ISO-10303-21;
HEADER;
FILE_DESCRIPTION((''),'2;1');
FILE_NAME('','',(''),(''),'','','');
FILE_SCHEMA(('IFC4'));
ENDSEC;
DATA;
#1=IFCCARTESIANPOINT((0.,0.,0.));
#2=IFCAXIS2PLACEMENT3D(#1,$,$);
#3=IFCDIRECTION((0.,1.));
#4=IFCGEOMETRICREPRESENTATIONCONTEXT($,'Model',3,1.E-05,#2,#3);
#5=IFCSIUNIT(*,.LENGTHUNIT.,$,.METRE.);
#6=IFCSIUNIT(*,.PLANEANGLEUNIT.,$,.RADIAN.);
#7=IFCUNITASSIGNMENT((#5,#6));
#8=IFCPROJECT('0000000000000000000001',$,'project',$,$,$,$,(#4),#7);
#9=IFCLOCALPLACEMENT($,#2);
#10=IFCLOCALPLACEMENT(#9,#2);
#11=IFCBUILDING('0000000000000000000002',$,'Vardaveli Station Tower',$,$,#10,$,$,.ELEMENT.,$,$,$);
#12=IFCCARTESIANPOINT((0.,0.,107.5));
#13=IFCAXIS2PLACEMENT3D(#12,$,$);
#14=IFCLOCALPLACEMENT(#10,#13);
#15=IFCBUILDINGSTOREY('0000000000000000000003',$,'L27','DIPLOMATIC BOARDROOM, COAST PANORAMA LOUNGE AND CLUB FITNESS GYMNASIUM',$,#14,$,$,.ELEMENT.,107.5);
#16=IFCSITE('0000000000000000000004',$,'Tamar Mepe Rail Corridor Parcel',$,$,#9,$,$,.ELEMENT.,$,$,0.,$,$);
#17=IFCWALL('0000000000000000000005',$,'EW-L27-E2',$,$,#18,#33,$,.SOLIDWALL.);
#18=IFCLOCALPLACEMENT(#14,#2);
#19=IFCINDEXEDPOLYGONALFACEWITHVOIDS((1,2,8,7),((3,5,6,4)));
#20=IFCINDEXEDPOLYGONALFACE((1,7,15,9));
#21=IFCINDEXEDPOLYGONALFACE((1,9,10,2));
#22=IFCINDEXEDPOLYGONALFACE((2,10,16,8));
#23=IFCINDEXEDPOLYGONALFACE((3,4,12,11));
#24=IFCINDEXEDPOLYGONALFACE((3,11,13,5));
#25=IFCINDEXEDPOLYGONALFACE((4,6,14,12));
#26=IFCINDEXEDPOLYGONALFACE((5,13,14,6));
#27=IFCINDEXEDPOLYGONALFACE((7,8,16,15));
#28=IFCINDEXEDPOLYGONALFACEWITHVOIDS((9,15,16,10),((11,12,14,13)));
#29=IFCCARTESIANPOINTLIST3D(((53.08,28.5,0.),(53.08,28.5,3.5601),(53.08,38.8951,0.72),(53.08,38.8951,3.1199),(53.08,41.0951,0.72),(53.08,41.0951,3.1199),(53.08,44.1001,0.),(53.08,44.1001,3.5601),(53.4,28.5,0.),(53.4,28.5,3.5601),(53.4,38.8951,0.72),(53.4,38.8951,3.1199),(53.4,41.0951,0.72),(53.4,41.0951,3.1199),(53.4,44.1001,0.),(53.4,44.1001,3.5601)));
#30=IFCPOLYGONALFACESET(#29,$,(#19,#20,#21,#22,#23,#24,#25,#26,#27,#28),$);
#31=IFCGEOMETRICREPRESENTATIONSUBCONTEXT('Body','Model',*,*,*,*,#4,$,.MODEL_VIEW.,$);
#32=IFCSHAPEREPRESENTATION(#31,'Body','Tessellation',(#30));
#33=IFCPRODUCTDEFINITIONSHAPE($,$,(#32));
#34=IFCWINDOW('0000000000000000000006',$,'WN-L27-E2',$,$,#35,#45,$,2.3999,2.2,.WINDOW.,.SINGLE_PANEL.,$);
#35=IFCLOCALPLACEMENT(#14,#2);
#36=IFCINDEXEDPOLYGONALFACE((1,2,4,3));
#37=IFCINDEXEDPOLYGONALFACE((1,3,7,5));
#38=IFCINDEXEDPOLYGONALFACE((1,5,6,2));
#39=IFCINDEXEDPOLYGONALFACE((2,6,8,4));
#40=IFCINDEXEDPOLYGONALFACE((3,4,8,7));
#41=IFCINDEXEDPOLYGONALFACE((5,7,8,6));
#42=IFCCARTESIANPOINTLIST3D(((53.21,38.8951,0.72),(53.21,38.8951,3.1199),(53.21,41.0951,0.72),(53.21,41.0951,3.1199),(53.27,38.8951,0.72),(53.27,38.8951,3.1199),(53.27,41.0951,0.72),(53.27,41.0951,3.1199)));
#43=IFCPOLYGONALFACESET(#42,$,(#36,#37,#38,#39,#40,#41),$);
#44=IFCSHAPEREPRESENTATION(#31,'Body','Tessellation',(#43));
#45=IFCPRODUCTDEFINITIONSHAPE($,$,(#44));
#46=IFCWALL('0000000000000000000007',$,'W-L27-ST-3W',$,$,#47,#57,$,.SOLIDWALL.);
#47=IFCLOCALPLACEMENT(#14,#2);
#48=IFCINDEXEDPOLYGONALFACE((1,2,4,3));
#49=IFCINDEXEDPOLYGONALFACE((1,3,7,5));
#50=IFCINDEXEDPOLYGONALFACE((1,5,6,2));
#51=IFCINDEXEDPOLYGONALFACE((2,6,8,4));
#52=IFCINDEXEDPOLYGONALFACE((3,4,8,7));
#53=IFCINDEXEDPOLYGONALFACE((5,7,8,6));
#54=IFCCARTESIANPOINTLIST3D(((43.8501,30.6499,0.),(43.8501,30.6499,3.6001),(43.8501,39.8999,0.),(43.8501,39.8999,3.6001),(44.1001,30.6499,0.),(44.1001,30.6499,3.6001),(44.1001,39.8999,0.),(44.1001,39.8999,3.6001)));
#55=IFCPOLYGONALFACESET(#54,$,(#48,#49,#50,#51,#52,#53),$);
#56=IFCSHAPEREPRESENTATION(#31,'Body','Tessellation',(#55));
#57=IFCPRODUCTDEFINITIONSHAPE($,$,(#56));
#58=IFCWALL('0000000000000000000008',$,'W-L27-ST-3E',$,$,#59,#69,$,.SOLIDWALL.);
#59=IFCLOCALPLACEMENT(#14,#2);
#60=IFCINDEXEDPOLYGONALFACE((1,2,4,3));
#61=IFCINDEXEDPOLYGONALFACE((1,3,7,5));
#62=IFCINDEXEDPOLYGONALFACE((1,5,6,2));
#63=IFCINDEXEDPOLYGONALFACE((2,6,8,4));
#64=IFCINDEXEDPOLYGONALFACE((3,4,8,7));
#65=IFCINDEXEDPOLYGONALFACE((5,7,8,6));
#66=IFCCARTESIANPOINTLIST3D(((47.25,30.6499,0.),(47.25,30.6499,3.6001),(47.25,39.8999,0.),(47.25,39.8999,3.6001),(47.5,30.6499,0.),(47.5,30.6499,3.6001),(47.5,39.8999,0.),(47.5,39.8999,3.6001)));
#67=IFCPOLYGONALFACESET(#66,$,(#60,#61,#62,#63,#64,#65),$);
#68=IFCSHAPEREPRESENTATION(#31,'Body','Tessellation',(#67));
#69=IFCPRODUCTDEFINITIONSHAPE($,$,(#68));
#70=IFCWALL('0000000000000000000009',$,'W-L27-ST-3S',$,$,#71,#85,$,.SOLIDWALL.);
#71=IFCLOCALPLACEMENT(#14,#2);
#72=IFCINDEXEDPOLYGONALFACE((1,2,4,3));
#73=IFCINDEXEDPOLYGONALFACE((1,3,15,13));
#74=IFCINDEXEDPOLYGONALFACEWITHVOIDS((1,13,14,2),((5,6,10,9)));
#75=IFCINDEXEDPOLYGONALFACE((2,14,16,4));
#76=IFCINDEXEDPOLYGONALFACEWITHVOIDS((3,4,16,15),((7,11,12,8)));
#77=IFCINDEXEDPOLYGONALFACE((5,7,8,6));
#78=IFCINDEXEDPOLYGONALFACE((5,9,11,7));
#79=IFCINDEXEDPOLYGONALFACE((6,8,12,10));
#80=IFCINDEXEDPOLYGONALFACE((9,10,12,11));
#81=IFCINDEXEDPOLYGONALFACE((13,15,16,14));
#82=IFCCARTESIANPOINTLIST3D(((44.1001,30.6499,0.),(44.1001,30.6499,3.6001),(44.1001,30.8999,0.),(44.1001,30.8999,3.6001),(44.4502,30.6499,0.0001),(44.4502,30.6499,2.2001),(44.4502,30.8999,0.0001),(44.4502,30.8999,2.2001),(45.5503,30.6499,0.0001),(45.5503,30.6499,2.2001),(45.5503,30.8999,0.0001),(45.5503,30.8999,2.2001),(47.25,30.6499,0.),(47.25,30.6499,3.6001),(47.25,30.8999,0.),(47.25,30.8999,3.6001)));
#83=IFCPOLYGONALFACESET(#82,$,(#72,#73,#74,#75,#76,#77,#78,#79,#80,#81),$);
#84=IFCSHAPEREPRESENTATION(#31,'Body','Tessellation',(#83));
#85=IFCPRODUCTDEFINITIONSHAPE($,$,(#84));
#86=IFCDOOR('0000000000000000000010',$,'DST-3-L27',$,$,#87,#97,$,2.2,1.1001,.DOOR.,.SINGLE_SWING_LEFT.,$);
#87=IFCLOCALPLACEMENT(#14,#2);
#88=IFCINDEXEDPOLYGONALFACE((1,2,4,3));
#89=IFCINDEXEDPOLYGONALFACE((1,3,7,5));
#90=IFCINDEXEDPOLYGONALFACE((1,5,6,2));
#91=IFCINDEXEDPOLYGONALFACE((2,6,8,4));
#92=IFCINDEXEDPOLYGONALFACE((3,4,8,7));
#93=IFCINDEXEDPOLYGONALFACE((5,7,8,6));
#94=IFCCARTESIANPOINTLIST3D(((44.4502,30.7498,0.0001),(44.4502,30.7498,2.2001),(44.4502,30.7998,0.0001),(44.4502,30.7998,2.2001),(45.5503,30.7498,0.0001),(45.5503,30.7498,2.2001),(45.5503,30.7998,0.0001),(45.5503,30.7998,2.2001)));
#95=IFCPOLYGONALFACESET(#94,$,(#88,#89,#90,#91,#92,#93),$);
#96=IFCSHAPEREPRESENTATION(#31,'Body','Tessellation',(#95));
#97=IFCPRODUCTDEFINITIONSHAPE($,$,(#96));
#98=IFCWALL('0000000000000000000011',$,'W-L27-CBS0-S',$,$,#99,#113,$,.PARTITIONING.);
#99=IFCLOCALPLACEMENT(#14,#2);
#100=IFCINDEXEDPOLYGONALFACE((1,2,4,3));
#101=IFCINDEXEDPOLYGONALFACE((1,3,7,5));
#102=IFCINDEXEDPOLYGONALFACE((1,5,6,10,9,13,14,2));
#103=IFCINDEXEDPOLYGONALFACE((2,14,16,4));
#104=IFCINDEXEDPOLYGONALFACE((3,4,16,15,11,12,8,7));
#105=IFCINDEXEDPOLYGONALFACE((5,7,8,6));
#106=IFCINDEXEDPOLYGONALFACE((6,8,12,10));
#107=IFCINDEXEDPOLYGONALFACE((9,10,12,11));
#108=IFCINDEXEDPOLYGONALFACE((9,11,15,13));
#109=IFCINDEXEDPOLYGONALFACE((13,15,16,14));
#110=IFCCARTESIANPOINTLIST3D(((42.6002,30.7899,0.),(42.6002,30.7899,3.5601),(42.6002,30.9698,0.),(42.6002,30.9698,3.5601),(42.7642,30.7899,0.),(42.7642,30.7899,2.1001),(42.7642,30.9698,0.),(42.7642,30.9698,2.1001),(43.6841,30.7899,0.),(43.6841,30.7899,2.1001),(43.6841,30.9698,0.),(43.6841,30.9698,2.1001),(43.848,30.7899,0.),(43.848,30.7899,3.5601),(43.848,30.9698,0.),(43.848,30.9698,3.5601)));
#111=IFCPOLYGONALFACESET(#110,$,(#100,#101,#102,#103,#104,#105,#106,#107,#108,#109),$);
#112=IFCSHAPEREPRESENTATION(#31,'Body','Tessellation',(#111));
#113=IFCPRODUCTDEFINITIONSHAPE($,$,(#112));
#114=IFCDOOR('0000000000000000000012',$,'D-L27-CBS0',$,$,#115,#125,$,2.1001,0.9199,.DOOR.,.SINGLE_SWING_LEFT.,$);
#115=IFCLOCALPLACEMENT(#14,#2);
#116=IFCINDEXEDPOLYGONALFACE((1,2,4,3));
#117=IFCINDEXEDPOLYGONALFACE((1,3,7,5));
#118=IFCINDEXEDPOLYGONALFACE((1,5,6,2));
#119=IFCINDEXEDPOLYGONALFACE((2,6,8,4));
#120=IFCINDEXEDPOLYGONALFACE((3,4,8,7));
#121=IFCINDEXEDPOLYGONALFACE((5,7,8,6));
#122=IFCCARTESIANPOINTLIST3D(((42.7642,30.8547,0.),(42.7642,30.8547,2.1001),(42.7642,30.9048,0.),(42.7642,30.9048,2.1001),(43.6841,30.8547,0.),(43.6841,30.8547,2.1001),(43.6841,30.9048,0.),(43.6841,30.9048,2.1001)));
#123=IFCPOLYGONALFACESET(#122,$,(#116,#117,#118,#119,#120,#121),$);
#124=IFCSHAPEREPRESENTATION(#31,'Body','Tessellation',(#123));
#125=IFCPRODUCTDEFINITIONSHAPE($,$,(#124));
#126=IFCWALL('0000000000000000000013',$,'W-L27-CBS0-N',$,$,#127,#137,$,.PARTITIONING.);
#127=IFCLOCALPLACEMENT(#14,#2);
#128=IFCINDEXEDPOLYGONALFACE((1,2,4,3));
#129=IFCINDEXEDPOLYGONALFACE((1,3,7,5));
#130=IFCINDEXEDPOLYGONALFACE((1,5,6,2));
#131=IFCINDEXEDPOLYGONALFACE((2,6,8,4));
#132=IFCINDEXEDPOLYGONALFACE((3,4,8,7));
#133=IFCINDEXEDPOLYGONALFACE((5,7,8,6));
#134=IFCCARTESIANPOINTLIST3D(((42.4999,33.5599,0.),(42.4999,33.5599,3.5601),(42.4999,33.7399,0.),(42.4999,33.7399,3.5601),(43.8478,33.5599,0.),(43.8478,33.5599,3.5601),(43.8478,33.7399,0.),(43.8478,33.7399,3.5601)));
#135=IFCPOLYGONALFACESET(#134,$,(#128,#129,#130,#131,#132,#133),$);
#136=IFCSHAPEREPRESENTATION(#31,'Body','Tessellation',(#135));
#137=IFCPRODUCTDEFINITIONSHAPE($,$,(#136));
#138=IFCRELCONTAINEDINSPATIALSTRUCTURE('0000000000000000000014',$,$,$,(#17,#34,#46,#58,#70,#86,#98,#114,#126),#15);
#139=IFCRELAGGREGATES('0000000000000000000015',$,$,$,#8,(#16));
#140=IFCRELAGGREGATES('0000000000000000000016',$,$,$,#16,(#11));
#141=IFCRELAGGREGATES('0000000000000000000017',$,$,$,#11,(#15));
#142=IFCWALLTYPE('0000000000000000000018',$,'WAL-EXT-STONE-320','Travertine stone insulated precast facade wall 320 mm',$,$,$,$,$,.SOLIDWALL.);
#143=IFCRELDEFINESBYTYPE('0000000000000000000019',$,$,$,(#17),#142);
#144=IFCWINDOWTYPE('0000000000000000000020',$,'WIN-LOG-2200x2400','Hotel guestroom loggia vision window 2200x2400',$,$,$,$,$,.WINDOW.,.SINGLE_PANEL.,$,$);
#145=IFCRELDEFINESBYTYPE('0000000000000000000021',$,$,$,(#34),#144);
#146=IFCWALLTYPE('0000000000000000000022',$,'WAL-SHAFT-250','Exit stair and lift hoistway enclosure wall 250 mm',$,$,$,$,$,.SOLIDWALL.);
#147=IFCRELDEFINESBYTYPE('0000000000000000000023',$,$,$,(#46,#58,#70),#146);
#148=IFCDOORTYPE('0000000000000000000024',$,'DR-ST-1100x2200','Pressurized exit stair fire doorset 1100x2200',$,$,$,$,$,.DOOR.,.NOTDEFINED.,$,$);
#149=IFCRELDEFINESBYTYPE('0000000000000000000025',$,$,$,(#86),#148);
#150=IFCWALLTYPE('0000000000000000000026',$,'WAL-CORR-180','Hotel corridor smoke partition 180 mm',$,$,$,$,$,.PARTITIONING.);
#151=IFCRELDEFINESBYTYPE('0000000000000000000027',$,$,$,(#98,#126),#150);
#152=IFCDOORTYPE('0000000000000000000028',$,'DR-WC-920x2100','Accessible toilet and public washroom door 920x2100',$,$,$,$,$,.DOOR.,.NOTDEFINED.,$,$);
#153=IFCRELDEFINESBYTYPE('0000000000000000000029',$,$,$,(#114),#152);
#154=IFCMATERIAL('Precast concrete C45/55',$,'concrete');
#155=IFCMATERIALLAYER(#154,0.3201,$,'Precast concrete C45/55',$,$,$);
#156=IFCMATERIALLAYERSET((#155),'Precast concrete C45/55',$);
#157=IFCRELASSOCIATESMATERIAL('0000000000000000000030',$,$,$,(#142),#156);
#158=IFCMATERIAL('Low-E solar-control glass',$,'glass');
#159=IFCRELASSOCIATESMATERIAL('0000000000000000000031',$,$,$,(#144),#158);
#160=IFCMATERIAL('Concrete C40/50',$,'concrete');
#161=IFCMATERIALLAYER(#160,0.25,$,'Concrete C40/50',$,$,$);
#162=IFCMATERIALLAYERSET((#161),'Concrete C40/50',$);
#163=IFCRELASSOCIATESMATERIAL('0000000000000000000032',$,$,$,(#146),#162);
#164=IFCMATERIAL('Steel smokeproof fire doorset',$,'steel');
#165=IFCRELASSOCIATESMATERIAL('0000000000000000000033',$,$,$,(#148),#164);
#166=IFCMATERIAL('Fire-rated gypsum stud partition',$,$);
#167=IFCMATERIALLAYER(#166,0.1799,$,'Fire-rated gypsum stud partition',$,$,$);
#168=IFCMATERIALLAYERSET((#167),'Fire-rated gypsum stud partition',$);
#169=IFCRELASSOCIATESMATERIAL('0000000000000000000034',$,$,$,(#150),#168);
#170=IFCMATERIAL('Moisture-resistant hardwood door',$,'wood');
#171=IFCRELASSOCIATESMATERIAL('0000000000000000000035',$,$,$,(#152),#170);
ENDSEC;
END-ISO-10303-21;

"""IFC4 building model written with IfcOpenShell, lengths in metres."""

from ifc_helpers import new_model, si_unit, direction, frame, frame_2d, origin, place, context, subcontext, project, spatial, rectangle, extrude, source, transform, mapped, material, layer, layer_set, type_object, element, fill, save


model = new_model("IFC4")

# Units and contexts
model_context = context("Model", 3, precision=1e-05, world=origin(), true_north=direction((0.0, 1.0)))
body_context = subcontext(model_context, "Body", "Model", "MODEL_VIEW")
ifc_project = project(units=[si_unit("LENGTHUNIT", "METRE"), si_unit("PLANEANGLEUNIT", "RADIAN")], contexts=[model_context])

# Site, building, storey
site_placement = place(None, origin())
site = spatial("IfcSite", under=ifc_project, at=site_placement, Name="Tamar Mepe Rail Corridor Parcel", CompositionType="ELEMENT", RefElevation=0.0)
building_placement = place(site_placement, origin())
building = spatial("IfcBuilding", under=site, at=building_placement, Name="Vardaveli Station Tower", CompositionType="ELEMENT")
storey_placement = place(building_placement, frame((0.0, 0.0, 107.5)))
storey = spatial("IfcBuildingStorey", under=building, at=storey_placement, Name="L27", Description="DIPLOMATIC BOARDROOM, COAST PANORAMA LOUNGE AND CLUB FITNESS GYMNASIUM", CompositionType="ELEMENT", Elevation=107.5)

# Shared definitions
ifc_material_1 = material(Name="Precast concrete C45/55", Category="concrete")

# Wall, opening, window
ifc_layer_1 = layer(ifc_material_1, 0.3201, Name="Precast concrete C45/55")
ifc_layer_set_1 = layer_set([ifc_layer_1], Name="Precast concrete C45/55")
wall_type_1 = type_object("IfcWallType", Name="WAL-EXT-STONE-320", Description="Travertine stone insulated precast facade wall 320 mm", PredefinedType="SOLIDWALL", material=ifc_layer_set_1)
shared_shape_1 = source(origin(), body_context, "Body", "SweptSolid", [
    extrude(rectangle(XDim=15.6001, YDim=0.3201, at=frame_2d((7.8, 0.0))), origin(), (0.0, 0.0, 1.0), 3.5601),
])
wall_1_placement = place(storey_placement, frame((53.24, 28.5, 0.0), z_axis=(0.0, 0.0, 1.0), x_axis=(0.0, 1.0, 0.0)))
wall_1 = element("IfcWall", 1, at=wall_1_placement, inside=storey, type_object=wall_type_1, Name="EW-L27-E2", PredefinedType="SOLIDWALL", context=body_context, shape_type="MappedRepresentation", body=[
    mapped(shared_shape_1, transform((0.0, 0.0, 0.0), scale=1.0)),
])
shared_shape_2 = source(origin(), body_context, "Body", "SweptSolid", [
    extrude(rectangle(XDim=2.2, YDim=2.3999, at=frame_2d((1.1001, 1.2))), frame((0.0, 0.1699, 0.0), z_axis=(0.0, -1.0, 0.0), x_axis=(1.0, 0.0, 0.0)), (0.0, 0.0, 1.0), 0.3401),
])
opening_1_placement = place(wall_1_placement, frame((10.395, 0.0, 0.72)))
opening_1 = element("IfcOpeningElement", 2, at=opening_1_placement, cuts=wall_1, PredefinedType="OPENING", context=body_context, shape_type="MappedRepresentation", body=[
    mapped(shared_shape_2, transform((0.0, 0.0, 0.0), scale=1.0)),
])
ifc_material_2 = material(Name="Low-E solar-control glass", Category="glass")
window_type = type_object("IfcWindowType", Name="WIN-LOG-2200x2400", Description="Hotel guestroom loggia vision window 2200x2400", PartitioningType="SINGLE_PANEL", PredefinedType="WINDOW", material=ifc_material_2)
shared_shape_3 = source(origin(), body_context, "Body", "SweptSolid", [
    extrude(rectangle(XDim=2.2, YDim=2.3999, at=frame_2d((1.1001, 1.2))), frame((0.0, 0.03, 0.0), z_axis=(0.0, -1.0, 0.0), x_axis=(1.0, 0.0, 0.0)), (0.0, 0.0, 1.0), 0.0601),
])
window_placement = place(opening_1_placement, origin())
window = element("IfcWindow", 3, at=window_placement, inside=storey, type_object=window_type, Name="WN-L27-E2", OverallHeight=2.3999, OverallWidth=2.2, PartitioningType="SINGLE_PANEL", PredefinedType="WINDOW", context=body_context, shape_type="MappedRepresentation", body=[
    mapped(shared_shape_3, transform((0.0, 0.0, 0.0), scale=1.0)),
])
fill(opening_1, window)

# Walls
ifc_material_3 = material(Name="Concrete C40/50", Category="concrete")
ifc_layer_2 = layer(ifc_material_3, 0.25, Name="Concrete C40/50")
ifc_layer_set_2 = layer_set([ifc_layer_2], Name="Concrete C40/50")
wall_type_2 = type_object("IfcWallType", Name="WAL-SHAFT-250", Description="Exit stair and lift hoistway enclosure wall 250 mm", PredefinedType="SOLIDWALL", material=ifc_layer_set_2)
shared_shape_4 = source(origin(), body_context, "Body", "SweptSolid", [
    extrude(rectangle(XDim=9.25, YDim=0.25, at=frame_2d((4.625, 0.0))), origin(), (0.0, 0.0, 1.0), 3.6001),
])
for number, where, z_axis, x_axis, name in (
    (4, (43.9751, 30.6499, 0.0), (0.0, 0.0, 1.0), (0.0, 1.0, 0.0), "W-L27-ST-3W"),
    (5, (47.375, 30.6499, 0.0), (0.0, 0.0, 1.0), (0.0, 1.0, 0.0), "W-L27-ST-3E"),
):
    element("IfcWall", number, at=place(storey_placement, frame(where, z_axis=z_axis, x_axis=x_axis)), inside=storey, type_object=wall_type_2, Name=name, PredefinedType="SOLIDWALL", context=body_context, shape_type="MappedRepresentation", body=[
        mapped(shared_shape_4, transform((0.0, 0.0, 0.0), scale=1.0)),
    ])

# Walls, openings, doors
shared_shape_5 = source(origin(), body_context, "Body", "SweptSolid", [
    extrude(rectangle(XDim=3.1499, YDim=0.25, at=frame_2d((1.575, 0.0))), origin(), (0.0, 0.0, 1.0), 3.6001),
])
wall_2_placement = place(storey_placement, frame((44.1001, 30.7749, 0.0), z_axis=(0.0, 0.0, 1.0), x_axis=(1.0, 0.0, 0.0)))
wall_2 = element("IfcWall", 6, at=wall_2_placement, inside=storey, type_object=wall_type_2, Name="W-L27-ST-3S", PredefinedType="SOLIDWALL", context=body_context, shape_type="MappedRepresentation", body=[
    mapped(shared_shape_5, transform((0.0, 0.0, 0.0), scale=1.0)),
])
shared_shape_6 = source(origin(), body_context, "Body", "SweptSolid", [
    extrude(rectangle(XDim=1.1001, YDim=2.2, at=frame_2d((0.55, 1.1001))), frame((0.0, 0.135, 0.0), z_axis=(0.0, -1.0, 0.0), x_axis=(1.0, 0.0, 0.0)), (0.0, 0.0, 1.0), 0.27),
])
opening_2_placement = place(wall_2_placement, frame((0.3501, 0.0, 0.0)))
opening_2 = element("IfcOpeningElement", 7, at=opening_2_placement, cuts=wall_2, PredefinedType="OPENING", context=body_context, shape_type="MappedRepresentation", body=[
    mapped(shared_shape_6, transform((0.0, 0.0, 0.0), scale=1.0)),
])
ifc_material_4 = material(Name="Steel smokeproof fire doorset", Category="steel")
door_type_1 = type_object("IfcDoorType", Name="DR-ST-1100x2200", Description="Pressurized exit stair fire doorset 1100x2200", OperationType="NOTDEFINED", PredefinedType="DOOR", material=ifc_material_4)
shared_shape_7 = source(origin(), body_context, "Body", "SweptSolid", [
    extrude(rectangle(XDim=1.1001, YDim=2.2, at=frame_2d((0.55, 1.1001))), frame((0.0, 0.0249, 0.0), z_axis=(0.0, -1.0, 0.0), x_axis=(1.0, 0.0, 0.0)), (0.0, 0.0, 1.0), 0.05),
])
door_1_placement = place(opening_2_placement, origin())
door_1 = element("IfcDoor", 8, at=door_1_placement, inside=storey, type_object=door_type_1, Name="DST-3-L27", OperationType="SINGLE_SWING_LEFT", OverallHeight=2.2, OverallWidth=1.1001, PredefinedType="DOOR", context=body_context, shape_type="MappedRepresentation", body=[
    mapped(shared_shape_7, transform((0.0, 0.0, 0.0), scale=1.0)),
])
fill(opening_2, door_1)
ifc_material_5 = material(Name="Fire-rated gypsum stud partition")
ifc_layer_3 = layer(ifc_material_5, 0.1799, Name="Fire-rated gypsum stud partition")
ifc_layer_set_3 = layer_set([ifc_layer_3], Name="Fire-rated gypsum stud partition")
wall_type_3 = type_object("IfcWallType", Name="WAL-CORR-180", Description="Hotel corridor smoke partition 180 mm", PredefinedType="PARTITIONING", material=ifc_layer_set_3)
shared_shape_8 = source(origin(), body_context, "Body", "SweptSolid", [
    extrude(rectangle(XDim=1.2478, YDim=0.1799, at=frame_2d((0.624, 0.0))), origin(), (0.0, 0.0, 1.0), 3.5601),
])
wall_3_placement = place(storey_placement, frame((42.6001, 30.8799, 0.0), z_axis=(0.0, 0.0, 1.0), x_axis=(1.0, 0.0, 0.0)))
wall_3 = element("IfcWall", 9, at=wall_3_placement, inside=storey, type_object=wall_type_3, Name="W-L27-CBS0-S", PredefinedType="PARTITIONING", context=body_context, shape_type="MappedRepresentation", body=[
    mapped(shared_shape_8, transform((0.0, 0.0, 0.0), scale=1.0)),
])
shared_shape_9 = source(origin(), body_context, "Body", "SweptSolid", [
    extrude(rectangle(XDim=0.9199, YDim=2.1001, at=frame_2d((0.46, 1.05))), frame((0.0, 0.1001, 0.0), z_axis=(0.0, -1.0, 0.0), x_axis=(1.0, 0.0, 0.0)), (0.0, 0.0, 1.0), 0.2),
])
opening_3_placement = place(wall_3_placement, frame((0.1641, 0.0, 0.0)))
opening_3 = element("IfcOpeningElement", 10, at=opening_3_placement, cuts=wall_3, PredefinedType="OPENING", context=body_context, shape_type="MappedRepresentation", body=[
    mapped(shared_shape_9, transform((0.0, 0.0, 0.0), scale=1.0)),
])
ifc_material_6 = material(Name="Moisture-resistant hardwood door", Category="wood")
door_type_2 = type_object("IfcDoorType", Name="DR-WC-920x2100", Description="Accessible toilet and public washroom door 920x2100", OperationType="NOTDEFINED", PredefinedType="DOOR", material=ifc_material_6)
shared_shape_10 = source(origin(), body_context, "Body", "SweptSolid", [
    extrude(rectangle(XDim=0.9199, YDim=2.1001, at=frame_2d((0.46, 1.05))), frame((0.0, 0.0249, 0.0), z_axis=(0.0, -1.0, 0.0), x_axis=(1.0, 0.0, 0.0)), (0.0, 0.0, 1.0), 0.05),
])
door_2_placement = place(opening_3_placement, origin())
door_2 = element("IfcDoor", 11, at=door_2_placement, inside=storey, type_object=door_type_2, Name="D-L27-CBS0", OperationType="SINGLE_SWING_LEFT", OverallHeight=2.1001, OverallWidth=0.9199, PredefinedType="DOOR", context=body_context, shape_type="MappedRepresentation", body=[
    mapped(shared_shape_10, transform((0.0, 0.0, 0.0), scale=1.0)),
])
fill(opening_3, door_2)

# Wall
shared_shape_11 = source(origin(), body_context, "Body", "SweptSolid", [
    extrude(rectangle(XDim=1.3479, YDim=0.1799, at=frame_2d((0.6738, 0.0))), origin(), (0.0, 0.0, 1.0), 3.5601),
])
wall_4_placement = place(storey_placement, frame((42.5, 33.6499, 0.0), z_axis=(0.0, 0.0, 1.0), x_axis=(1.0, 0.0, 0.0)))
element("IfcWall", 12, at=wall_4_placement, inside=storey, type_object=wall_type_3, Name="W-L27-CBS0-N", PredefinedType="PARTITIONING", context=body_context, shape_type="MappedRepresentation", body=[
    mapped(shared_shape_11, transform((0.0, 0.0, 0.0), scale=1.0)),
])

save(model, "model.ifc")
